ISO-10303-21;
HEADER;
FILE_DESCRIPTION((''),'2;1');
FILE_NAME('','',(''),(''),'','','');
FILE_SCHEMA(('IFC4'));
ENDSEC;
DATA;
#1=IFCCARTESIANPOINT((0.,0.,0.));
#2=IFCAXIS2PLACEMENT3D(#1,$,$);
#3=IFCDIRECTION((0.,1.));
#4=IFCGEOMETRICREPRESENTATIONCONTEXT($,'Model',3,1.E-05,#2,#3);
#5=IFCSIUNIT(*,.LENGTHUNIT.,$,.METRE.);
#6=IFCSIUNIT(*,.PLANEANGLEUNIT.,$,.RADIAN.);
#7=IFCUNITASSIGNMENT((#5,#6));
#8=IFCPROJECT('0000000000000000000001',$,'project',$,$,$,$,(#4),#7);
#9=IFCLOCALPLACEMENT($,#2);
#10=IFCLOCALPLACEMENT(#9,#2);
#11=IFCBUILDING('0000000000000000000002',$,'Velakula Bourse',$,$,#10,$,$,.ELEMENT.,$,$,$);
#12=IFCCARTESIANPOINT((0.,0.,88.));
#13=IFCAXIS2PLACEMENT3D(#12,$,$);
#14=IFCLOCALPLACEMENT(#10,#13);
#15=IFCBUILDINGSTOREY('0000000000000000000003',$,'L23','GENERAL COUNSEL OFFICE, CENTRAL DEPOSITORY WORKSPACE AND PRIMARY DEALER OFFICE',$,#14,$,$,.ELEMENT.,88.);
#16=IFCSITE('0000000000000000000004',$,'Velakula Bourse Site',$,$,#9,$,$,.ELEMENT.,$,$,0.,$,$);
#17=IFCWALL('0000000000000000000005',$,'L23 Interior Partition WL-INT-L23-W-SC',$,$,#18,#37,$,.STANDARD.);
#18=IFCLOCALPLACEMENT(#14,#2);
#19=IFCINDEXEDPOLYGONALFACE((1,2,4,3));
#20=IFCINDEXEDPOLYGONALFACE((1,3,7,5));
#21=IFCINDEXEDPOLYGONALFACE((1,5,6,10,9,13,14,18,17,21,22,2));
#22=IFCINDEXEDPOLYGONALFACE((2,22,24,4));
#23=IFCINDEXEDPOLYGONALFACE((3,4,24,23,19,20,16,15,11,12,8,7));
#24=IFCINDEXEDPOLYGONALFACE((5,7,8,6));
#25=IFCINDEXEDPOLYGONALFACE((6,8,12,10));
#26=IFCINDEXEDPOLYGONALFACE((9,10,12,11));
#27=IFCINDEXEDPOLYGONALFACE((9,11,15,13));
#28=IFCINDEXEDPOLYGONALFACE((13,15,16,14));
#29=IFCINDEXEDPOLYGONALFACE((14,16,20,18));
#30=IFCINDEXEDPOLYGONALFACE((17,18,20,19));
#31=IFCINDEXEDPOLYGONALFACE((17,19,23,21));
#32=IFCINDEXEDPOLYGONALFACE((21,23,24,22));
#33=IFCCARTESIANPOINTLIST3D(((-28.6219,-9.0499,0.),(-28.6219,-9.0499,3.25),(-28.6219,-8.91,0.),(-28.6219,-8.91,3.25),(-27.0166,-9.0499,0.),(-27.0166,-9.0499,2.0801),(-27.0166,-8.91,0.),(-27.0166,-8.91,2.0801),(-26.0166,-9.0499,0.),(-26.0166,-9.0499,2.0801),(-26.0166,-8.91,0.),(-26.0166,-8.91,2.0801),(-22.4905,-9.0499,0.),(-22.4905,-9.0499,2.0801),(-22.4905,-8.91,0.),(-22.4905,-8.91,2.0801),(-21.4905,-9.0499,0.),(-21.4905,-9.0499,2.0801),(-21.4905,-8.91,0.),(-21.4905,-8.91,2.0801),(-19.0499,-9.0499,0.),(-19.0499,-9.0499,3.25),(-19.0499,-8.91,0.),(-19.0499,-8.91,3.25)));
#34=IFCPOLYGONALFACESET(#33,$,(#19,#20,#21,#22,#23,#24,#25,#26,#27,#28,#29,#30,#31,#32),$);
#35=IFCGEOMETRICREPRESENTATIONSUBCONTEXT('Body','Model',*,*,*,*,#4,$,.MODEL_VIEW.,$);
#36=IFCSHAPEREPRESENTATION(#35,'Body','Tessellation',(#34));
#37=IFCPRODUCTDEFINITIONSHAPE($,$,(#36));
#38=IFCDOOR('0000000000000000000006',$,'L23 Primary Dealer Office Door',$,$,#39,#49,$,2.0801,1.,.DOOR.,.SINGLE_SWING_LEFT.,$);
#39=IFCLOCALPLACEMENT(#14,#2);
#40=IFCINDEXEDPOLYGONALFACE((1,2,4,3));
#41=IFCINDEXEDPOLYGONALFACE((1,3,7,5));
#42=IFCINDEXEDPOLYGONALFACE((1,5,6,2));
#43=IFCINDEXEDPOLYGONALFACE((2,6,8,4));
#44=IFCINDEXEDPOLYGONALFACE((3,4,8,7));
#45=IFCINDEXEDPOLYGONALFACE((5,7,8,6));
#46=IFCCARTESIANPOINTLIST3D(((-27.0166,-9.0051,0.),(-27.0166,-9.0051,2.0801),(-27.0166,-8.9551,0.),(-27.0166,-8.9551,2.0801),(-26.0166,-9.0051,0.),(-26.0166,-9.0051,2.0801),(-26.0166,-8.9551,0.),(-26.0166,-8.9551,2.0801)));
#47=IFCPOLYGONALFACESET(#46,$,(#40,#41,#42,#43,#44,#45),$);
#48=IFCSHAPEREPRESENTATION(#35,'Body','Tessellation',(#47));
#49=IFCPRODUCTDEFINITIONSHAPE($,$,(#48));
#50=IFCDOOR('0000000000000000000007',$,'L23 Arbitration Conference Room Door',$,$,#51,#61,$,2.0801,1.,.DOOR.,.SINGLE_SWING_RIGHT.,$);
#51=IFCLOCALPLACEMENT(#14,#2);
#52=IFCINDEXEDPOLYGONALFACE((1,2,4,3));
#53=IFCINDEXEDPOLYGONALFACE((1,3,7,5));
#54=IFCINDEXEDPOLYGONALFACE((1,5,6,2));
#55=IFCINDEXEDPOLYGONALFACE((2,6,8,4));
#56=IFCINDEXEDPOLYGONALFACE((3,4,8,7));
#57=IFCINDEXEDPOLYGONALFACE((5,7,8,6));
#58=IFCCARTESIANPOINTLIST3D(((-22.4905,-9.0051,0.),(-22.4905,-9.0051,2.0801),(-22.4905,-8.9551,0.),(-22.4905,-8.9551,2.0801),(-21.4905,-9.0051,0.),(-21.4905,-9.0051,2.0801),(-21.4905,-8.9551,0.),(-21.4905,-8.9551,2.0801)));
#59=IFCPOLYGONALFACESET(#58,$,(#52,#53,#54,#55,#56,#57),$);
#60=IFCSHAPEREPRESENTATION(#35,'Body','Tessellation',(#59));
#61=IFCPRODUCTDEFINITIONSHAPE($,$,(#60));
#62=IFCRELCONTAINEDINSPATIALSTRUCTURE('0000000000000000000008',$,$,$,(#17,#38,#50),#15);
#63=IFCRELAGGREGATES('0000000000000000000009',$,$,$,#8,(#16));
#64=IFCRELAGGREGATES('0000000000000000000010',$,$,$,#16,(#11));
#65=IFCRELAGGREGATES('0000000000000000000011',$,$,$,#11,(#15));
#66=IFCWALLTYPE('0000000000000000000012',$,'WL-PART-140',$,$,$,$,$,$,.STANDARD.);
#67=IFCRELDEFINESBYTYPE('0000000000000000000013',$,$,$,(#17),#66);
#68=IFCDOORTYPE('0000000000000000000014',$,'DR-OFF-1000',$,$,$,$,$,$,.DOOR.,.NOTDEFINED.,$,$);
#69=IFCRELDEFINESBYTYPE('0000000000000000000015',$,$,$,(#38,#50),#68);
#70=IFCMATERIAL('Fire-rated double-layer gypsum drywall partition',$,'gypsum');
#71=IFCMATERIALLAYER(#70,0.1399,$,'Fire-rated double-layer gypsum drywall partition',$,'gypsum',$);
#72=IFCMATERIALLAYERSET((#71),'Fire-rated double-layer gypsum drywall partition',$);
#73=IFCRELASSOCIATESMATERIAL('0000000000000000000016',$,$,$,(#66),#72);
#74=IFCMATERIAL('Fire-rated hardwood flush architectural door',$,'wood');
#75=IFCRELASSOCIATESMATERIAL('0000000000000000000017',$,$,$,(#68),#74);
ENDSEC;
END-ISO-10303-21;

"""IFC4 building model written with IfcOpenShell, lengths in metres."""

from ifc_helpers import new_model, si_unit, direction, frame, frame_2d, origin, place, context, subcontext, project, spatial, rectangle, extrude, material, layer, layer_set, type_object, element, fill, save


model = new_model("IFC4")

# Units and contexts
model_context = context("Model", 3, precision=1e-05, world=origin(), true_north=direction((0.0, 1.0)))
body_context = subcontext(model_context, "Body", "Model", "MODEL_VIEW")
ifc_project = project(units=[si_unit("LENGTHUNIT", "METRE"), si_unit("PLANEANGLEUNIT", "RADIAN")], contexts=[model_context])

# Site, building, storey
site_placement = place(None, origin())
site = spatial("IfcSite", under=ifc_project, at=site_placement, Name="Velakula Bourse Site", CompositionType="ELEMENT", RefElevation=0.0)
building_placement = place(site_placement, origin())
building = spatial("IfcBuilding", under=site, at=building_placement, Name="Velakula Bourse", CompositionType="ELEMENT")
storey_placement = place(building_placement, frame((0.0, 0.0, 88.0)))
storey = spatial("IfcBuildingStorey", under=building, at=storey_placement, Name="L23", Description="GENERAL COUNSEL OFFICE, CENTRAL DEPOSITORY WORKSPACE AND PRIMARY DEALER OFFICE", CompositionType="ELEMENT", Elevation=88.0)

# Shared definitions
ifc_material_1 = material(Name="Fire-rated double-layer gypsum drywall partition", Category="gypsum")

# Wall, openings, doors
ifc_layer_1 = layer(ifc_material_1, 0.1399, Name="Fire-rated double-layer gypsum drywall partition", Category="gypsum")
ifc_layer_set_1 = layer_set([ifc_layer_1], Name="Fire-rated double-layer gypsum drywall partition")
wall_type_1 = type_object("IfcWallType", Name="WL-PART-140", PredefinedType="STANDARD", material=ifc_layer_set_1)
ifc_material_2 = material(Name="Fire-rated hardwood flush architectural door", Category="wood")
door_type_1 = type_object("IfcDoorType", Name="DR-OFF-1000", OperationType="NOTDEFINED", PredefinedType="DOOR", material=ifc_material_2)
wall_1_placement = place(storey_placement, frame((-28.6221, -8.98, 0.0), z_axis=(0.0, 0.0, 1.0), x_axis=(1.0, 0.0, 0.0)))
wall_1 = element("IfcWall", 1, at=wall_1_placement, inside=storey, type_object=wall_type_1, Name="L23 Interior Partition WL-INT-L23-W-SC", PredefinedType="STANDARD", context=body_context, shape_type="SweptSolid", body=[
    extrude(rectangle(XDim=9.572, YDim=0.1399, at=frame_2d((4.7861, 0.0))), origin(), (0.0, 0.0, 1.0), 3.25),
])
opening_1_placement = place(wall_1_placement, frame((1.6055, 0.0, 0.0)))
opening_1 = element("IfcOpeningElement", 2, at=opening_1_placement, cuts=wall_1, PredefinedType="OPENING", context=body_context, shape_type="SweptSolid", body=[
    extrude(rectangle(XDim=1.0, YDim=2.0801, at=frame_2d((0.5, 1.04))), frame((0.0, 0.0798, 0.0), z_axis=(0.0, -1.0, 0.0), x_axis=(1.0, 0.0, 0.0)), (0.0, 0.0, 1.0), 0.1599),
])
opening_2_placement = place(wall_1_placement, frame((6.1316, 0.0, 0.0)))
opening_2 = element("IfcOpeningElement", 3, at=opening_2_placement, cuts=wall_1, PredefinedType="OPENING", context=body_context, shape_type="SweptSolid", body=[
    extrude(rectangle(XDim=1.0, YDim=2.0801, at=frame_2d((0.5, 1.04))), frame((0.0, 0.0798, 0.0), z_axis=(0.0, -1.0, 0.0), x_axis=(1.0, 0.0, 0.0)), (0.0, 0.0, 1.0), 0.1599),
])
door_1_placement = place(opening_1_placement, origin())
door_1 = element("IfcDoor", 4, at=door_1_placement, inside=storey, type_object=door_type_1, Name="L23 Primary Dealer Office Door", OperationType="SINGLE_SWING_LEFT", OverallHeight=2.0801, OverallWidth=1.0, PredefinedType="DOOR", context=body_context, shape_type="SweptSolid", body=[
    extrude(rectangle(XDim=1.0, YDim=2.0801, at=frame_2d((0.5, 1.04))), frame((0.0, 0.0249, 0.0), z_axis=(0.0, -1.0, 0.0), x_axis=(1.0, 0.0, 0.0)), (0.0, 0.0, 1.0), 0.05),
])
fill(opening_1, door_1)
door_2_placement = place(opening_2_placement, origin())
door_2 = element("IfcDoor", 5, at=door_2_placement, inside=storey, type_object=door_type_1, Name="L23 Arbitration Conference Room Door", OperationType="SINGLE_SWING_RIGHT", OverallHeight=2.0801, OverallWidth=1.0, PredefinedType="DOOR", context=body_context, shape_type="SweptSolid", body=[
    extrude(rectangle(XDim=1.0, YDim=2.0801, at=frame_2d((0.5, 1.04))), frame((0.0, 0.0249, 0.0), z_axis=(0.0, -1.0, 0.0), x_axis=(1.0, 0.0, 0.0)), (0.0, 0.0, 1.0), 0.05),
])
fill(opening_2, door_2)

save(model, "model.ifc")
